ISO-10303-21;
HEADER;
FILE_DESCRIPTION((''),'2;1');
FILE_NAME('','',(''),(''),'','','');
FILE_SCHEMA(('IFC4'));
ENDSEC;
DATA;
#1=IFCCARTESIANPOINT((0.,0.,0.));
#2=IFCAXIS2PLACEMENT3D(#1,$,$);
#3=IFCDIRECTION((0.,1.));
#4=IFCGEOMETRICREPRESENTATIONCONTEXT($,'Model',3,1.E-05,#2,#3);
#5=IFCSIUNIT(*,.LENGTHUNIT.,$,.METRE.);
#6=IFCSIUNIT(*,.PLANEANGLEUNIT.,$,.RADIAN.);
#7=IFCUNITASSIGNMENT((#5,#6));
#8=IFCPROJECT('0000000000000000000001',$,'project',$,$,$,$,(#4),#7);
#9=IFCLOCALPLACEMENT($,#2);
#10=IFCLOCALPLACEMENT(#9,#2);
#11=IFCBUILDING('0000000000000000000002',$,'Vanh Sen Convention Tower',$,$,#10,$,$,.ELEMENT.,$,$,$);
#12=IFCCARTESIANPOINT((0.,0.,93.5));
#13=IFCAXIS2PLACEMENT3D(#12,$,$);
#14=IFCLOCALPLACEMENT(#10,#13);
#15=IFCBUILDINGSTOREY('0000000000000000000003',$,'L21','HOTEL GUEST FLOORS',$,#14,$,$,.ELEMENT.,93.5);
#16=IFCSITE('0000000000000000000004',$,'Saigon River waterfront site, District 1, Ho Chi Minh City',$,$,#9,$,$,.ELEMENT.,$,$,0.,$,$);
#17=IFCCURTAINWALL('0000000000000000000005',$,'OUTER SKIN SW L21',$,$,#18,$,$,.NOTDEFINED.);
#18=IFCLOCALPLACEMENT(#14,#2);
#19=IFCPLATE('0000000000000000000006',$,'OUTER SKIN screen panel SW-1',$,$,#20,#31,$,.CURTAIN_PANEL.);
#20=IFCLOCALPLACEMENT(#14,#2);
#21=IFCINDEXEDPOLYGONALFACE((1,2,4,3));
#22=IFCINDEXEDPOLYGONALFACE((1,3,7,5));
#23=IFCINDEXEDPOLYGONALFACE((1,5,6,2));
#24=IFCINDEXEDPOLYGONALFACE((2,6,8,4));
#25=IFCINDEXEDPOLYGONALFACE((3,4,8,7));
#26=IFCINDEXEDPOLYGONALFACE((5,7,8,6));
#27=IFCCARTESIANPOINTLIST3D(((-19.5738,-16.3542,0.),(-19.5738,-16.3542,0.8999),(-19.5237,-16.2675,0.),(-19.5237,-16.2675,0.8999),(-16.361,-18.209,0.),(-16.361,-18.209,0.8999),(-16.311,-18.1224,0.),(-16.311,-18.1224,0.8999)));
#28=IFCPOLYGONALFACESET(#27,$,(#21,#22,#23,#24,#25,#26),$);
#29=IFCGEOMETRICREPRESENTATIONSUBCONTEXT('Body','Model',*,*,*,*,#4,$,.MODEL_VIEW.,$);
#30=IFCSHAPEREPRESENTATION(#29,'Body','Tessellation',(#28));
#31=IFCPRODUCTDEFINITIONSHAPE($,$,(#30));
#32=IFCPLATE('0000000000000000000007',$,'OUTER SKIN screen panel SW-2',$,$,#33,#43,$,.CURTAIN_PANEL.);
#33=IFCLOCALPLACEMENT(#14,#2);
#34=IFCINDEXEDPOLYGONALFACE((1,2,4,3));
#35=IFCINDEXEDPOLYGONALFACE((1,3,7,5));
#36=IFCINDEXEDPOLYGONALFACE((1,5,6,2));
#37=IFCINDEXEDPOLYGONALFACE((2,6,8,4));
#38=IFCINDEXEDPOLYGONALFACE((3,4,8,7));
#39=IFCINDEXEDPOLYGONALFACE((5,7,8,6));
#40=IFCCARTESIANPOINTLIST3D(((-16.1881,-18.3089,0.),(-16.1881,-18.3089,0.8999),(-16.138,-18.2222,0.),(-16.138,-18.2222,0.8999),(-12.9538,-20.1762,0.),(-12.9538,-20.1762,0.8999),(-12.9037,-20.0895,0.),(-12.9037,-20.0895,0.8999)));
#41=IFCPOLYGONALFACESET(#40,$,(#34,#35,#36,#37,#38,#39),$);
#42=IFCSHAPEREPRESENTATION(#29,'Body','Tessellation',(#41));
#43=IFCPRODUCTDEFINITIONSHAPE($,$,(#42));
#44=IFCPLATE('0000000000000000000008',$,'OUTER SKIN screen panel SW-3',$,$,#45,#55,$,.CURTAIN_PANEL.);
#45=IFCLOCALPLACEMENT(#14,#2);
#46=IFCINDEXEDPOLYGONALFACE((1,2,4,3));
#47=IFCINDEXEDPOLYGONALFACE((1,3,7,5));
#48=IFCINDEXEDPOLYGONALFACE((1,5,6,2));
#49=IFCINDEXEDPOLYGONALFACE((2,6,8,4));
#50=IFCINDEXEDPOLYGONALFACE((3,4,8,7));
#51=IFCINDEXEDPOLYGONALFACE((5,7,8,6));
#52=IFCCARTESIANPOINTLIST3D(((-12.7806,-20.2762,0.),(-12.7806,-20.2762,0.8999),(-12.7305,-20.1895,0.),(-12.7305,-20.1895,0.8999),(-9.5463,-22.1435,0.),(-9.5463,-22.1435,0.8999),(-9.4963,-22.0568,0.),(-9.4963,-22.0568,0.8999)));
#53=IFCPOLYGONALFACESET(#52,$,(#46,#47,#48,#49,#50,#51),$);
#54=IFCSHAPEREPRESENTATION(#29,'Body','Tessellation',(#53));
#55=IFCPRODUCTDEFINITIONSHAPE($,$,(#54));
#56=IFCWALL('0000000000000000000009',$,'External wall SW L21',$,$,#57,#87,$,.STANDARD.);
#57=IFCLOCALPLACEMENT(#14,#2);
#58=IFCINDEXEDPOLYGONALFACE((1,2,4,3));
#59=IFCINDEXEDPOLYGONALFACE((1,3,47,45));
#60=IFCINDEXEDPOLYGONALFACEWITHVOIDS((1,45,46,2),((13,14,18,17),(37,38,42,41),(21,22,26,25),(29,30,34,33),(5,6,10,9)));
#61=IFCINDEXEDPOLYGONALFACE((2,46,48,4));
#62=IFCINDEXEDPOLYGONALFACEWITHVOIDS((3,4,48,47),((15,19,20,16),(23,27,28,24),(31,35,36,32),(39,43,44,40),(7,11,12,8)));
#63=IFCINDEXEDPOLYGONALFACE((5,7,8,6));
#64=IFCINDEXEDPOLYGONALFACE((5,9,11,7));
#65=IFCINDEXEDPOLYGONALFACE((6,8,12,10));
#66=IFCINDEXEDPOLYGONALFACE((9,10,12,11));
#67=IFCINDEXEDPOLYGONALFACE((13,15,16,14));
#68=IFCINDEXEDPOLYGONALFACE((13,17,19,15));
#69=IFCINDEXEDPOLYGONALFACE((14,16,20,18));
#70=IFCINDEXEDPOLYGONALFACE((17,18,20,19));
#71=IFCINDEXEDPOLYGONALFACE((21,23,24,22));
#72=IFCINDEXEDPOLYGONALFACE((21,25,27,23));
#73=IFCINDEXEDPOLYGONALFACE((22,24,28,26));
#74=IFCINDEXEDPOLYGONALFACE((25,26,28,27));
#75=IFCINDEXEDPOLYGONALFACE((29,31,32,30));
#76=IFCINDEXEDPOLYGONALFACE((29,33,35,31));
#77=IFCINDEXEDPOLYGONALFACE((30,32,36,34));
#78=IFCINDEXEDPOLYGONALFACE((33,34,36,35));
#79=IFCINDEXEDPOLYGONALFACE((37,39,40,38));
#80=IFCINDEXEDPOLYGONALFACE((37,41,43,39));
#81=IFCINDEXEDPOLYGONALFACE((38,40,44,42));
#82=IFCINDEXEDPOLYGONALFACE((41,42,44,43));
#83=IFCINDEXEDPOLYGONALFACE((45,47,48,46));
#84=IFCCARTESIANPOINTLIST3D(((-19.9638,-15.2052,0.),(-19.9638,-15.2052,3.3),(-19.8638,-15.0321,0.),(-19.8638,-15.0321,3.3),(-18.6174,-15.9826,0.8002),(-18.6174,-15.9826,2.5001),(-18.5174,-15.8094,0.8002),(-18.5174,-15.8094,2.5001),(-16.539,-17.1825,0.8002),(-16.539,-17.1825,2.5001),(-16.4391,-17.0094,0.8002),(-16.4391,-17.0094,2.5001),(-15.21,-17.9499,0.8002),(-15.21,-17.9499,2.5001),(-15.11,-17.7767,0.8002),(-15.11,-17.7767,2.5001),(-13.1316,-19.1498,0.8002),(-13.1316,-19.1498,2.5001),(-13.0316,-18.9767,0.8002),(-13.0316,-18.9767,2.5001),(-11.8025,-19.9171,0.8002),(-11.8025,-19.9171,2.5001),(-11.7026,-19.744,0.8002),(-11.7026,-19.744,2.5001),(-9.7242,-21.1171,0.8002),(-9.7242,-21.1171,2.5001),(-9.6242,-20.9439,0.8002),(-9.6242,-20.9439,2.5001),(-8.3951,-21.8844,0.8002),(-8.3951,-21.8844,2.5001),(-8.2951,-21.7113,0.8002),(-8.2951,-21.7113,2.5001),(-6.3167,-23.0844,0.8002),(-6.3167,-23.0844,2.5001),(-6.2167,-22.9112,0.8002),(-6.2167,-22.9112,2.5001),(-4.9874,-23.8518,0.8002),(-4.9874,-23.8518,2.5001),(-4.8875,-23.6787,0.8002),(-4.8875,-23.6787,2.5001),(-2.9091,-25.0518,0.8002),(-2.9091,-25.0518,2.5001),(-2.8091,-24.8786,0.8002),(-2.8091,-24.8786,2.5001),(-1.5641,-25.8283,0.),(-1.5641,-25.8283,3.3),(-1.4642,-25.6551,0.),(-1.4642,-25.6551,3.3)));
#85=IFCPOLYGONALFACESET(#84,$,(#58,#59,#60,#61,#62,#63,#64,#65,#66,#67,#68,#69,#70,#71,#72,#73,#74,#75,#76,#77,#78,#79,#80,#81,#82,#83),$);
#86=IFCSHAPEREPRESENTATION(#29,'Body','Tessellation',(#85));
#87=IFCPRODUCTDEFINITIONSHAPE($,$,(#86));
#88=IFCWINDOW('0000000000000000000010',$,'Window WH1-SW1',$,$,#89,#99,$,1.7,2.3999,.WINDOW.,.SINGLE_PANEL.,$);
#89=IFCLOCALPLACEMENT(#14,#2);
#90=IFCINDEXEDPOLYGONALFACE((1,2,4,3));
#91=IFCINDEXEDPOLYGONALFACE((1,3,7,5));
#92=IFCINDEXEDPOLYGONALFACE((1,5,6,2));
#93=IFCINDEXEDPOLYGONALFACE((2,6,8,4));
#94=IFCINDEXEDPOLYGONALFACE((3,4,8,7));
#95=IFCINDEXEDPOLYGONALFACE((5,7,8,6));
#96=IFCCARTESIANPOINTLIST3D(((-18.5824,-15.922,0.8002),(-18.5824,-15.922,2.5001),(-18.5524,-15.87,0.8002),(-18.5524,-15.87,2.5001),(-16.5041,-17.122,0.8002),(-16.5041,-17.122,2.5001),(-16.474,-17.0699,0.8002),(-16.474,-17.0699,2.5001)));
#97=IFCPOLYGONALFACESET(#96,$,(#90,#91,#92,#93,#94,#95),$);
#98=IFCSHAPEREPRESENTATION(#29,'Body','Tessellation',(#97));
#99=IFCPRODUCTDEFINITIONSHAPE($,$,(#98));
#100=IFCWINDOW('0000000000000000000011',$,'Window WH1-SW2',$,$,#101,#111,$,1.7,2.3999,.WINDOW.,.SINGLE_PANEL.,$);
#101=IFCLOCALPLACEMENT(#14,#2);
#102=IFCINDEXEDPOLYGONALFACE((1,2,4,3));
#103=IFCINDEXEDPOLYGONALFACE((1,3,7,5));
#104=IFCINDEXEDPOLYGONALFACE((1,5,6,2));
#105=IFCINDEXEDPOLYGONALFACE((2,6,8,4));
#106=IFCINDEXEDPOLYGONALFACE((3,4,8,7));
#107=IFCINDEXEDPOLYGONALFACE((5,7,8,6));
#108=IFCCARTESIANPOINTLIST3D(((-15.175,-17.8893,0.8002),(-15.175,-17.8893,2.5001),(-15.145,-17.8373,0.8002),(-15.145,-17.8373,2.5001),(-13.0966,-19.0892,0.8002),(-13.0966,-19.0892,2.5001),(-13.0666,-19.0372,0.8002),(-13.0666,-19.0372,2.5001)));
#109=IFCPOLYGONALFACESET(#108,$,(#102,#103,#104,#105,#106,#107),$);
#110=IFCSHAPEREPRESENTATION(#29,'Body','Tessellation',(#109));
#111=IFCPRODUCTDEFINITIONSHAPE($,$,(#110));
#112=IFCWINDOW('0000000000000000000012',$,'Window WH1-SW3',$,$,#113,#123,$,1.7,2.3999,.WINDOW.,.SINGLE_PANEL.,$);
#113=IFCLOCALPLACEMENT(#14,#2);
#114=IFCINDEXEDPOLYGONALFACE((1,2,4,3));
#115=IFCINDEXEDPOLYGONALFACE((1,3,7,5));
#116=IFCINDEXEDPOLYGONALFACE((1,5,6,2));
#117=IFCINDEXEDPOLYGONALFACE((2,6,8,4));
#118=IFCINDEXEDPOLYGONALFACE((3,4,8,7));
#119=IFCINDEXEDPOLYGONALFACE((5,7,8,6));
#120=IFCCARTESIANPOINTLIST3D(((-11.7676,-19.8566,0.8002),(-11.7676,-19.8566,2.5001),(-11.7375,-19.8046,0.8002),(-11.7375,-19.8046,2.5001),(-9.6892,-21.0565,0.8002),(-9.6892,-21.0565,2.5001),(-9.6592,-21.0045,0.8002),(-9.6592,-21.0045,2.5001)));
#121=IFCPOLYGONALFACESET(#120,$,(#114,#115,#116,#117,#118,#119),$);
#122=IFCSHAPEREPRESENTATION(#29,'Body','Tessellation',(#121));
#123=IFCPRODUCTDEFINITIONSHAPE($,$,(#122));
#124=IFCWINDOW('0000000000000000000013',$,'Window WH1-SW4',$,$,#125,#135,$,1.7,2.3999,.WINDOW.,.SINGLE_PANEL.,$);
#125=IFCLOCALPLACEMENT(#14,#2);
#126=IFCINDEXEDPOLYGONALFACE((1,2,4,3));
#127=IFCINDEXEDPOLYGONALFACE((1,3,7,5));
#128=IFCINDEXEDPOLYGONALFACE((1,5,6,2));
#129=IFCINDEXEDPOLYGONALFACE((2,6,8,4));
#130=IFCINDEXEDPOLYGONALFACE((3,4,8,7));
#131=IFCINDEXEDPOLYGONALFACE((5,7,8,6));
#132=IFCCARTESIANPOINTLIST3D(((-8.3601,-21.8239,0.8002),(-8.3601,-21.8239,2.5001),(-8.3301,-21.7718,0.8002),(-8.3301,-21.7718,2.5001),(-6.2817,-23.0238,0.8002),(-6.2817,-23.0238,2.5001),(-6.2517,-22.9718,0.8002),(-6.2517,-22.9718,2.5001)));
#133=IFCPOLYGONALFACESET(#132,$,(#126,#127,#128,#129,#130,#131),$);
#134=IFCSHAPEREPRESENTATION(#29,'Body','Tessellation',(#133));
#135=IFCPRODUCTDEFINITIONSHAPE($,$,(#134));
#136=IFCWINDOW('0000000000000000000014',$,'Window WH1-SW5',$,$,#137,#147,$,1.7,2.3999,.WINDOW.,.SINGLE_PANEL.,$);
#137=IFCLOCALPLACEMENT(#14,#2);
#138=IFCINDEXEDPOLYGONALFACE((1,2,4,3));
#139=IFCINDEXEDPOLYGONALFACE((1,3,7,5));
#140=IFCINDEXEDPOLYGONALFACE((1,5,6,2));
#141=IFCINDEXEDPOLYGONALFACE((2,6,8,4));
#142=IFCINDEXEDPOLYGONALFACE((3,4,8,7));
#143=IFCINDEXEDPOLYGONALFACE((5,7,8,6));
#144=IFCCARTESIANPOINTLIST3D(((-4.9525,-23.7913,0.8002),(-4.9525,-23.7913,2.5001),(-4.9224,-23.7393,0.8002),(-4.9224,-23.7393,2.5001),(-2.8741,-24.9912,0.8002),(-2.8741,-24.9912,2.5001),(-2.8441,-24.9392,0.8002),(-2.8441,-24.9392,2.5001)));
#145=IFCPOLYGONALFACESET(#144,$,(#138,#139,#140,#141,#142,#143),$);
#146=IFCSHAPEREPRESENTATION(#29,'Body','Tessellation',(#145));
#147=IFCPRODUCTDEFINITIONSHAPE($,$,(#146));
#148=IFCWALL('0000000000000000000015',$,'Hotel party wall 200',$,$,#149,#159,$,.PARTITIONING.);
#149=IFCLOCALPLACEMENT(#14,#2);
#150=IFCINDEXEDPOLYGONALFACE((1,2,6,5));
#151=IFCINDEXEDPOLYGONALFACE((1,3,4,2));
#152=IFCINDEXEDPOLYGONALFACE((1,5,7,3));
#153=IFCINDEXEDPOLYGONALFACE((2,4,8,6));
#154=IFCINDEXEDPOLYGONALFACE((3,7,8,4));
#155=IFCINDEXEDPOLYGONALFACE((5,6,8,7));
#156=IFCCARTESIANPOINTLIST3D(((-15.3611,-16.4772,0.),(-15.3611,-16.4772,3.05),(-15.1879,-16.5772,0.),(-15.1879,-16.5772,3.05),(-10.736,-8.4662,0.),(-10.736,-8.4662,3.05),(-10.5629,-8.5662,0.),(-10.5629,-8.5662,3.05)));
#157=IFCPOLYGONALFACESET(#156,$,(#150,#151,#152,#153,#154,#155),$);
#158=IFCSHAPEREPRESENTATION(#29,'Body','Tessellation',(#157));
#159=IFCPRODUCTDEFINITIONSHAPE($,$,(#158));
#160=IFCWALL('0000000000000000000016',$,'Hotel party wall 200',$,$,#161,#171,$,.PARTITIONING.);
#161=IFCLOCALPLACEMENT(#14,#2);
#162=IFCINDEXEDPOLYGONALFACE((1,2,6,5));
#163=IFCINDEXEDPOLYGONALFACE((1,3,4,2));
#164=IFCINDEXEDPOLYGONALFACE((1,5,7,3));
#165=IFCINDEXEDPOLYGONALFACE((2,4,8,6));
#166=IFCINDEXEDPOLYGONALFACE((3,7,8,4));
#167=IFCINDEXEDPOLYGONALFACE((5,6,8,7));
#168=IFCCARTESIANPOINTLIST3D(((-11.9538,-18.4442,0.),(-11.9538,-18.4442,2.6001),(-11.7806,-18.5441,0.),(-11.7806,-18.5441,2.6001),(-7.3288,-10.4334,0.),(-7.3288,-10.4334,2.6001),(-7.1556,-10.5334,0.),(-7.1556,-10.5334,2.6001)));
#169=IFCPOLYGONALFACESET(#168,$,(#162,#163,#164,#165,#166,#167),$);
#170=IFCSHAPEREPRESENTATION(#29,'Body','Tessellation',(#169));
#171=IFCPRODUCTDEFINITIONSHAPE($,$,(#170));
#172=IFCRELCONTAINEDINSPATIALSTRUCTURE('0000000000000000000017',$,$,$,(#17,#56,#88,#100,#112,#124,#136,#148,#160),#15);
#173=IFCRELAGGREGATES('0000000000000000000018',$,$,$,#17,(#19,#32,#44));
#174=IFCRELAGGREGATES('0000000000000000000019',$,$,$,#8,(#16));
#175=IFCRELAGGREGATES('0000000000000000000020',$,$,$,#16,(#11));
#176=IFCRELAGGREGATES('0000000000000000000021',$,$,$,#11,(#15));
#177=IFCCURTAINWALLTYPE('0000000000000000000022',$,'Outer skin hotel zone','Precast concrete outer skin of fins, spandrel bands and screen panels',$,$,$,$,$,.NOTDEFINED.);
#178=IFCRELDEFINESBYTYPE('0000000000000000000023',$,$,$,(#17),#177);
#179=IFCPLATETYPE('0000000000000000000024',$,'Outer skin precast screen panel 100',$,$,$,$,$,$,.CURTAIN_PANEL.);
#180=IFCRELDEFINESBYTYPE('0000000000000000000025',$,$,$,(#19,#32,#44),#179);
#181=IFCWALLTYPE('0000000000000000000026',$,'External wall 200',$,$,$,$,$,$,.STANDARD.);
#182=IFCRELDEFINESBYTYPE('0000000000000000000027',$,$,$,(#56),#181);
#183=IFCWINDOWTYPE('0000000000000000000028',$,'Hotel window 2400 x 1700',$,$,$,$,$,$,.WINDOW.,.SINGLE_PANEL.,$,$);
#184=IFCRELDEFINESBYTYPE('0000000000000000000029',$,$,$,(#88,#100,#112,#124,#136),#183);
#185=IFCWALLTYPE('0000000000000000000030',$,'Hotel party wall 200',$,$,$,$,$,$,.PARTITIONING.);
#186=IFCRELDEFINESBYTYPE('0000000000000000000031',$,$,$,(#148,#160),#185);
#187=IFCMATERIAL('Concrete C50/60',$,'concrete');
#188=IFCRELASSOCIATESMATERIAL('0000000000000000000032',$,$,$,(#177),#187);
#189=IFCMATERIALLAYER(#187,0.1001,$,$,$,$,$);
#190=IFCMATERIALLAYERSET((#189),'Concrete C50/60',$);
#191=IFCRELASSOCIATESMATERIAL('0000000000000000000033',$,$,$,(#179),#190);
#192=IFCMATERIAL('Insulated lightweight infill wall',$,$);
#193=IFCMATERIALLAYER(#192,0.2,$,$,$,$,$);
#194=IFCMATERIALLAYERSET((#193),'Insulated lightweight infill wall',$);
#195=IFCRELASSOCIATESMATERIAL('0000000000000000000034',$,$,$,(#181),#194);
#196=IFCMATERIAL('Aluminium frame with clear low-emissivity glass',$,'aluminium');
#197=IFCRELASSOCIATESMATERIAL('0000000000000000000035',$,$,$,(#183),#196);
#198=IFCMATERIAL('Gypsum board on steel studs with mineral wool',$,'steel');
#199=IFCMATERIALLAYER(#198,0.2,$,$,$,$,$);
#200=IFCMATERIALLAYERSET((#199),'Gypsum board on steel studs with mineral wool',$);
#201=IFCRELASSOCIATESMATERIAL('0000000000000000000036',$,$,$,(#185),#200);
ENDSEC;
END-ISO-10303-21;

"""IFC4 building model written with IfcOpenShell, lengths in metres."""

from ifc_helpers import new_model, si_unit, direction, frame, frame_2d, origin, origin_2d, place, context, subcontext, project, spatial, rectangle, extrude, material, layer, layer_set, type_object, element, fill, aggregate, save


model = new_model("IFC4")

# Units and contexts
model_context = context("Model", 3, precision=1e-05, world=origin(), true_north=direction((0.0, 1.0)))
body_context = subcontext(model_context, "Body", "Model", "MODEL_VIEW")
ifc_project = project(units=[si_unit("LENGTHUNIT", "METRE"), si_unit("PLANEANGLEUNIT", "RADIAN")], contexts=[model_context])

# Site, building, storey
site_placement = place(None, origin())
site = spatial("IfcSite", under=ifc_project, at=site_placement, Name="Saigon River waterfront site, District 1, Ho Chi Minh City", CompositionType="ELEMENT", RefElevation=0.0)
building_placement = place(site_placement, origin())
building = spatial("IfcBuilding", under=site, at=building_placement, Name="Vanh Sen Convention Tower", CompositionType="ELEMENT")
storey_placement = place(building_placement, frame((0.0, 0.0, 93.5)))
storey = spatial("IfcBuildingStorey", under=building, at=storey_placement, Name="L21", Description="HOTEL GUEST FLOORS", CompositionType="ELEMENT", Elevation=93.5)

# Curtain wall
ifc_material_1 = material(Name="Concrete C50/60", Category="concrete")
curtain_wall_type = type_object("IfcCurtainWallType", Name="Outer skin hotel zone", Description="Precast concrete outer skin of fins, spandrel bands and screen panels", PredefinedType="NOTDEFINED", material=ifc_material_1)
curtain_wall_1_placement = place(storey_placement, origin())
curtain_wall_1 = element("IfcCurtainWall", 1, at=curtain_wall_1_placement, inside=storey, type_object=curtain_wall_type, Name="OUTER SKIN SW L21", PredefinedType="NOTDEFINED")

# Shared definitions
ifc_layer_1 = layer(ifc_material_1, 0.1001)
ifc_layer_set_1 = layer_set([ifc_layer_1], Name="Concrete C50/60")
plate_type = type_object("IfcPlateType", Name="Outer skin precast screen panel 100", PredefinedType="CURTAIN_PANEL", material=ifc_layer_set_1)

# Plates
plate_1_placement = place(storey_placement, frame((-17.9424, -17.2383, 0.0), z_axis=(0.0, 0.0, 1.0), x_axis=(0.866028, -0.499995, 0.0)))
plate_1 = element("IfcPlate", 2, at=plate_1_placement, type_object=plate_type, Name="OUTER SKIN screen panel SW-1", PredefinedType="CURTAIN_PANEL", context=body_context, shape_type="SweptSolid", body=[
    extrude(rectangle(XDim=3.7097, YDim=0.1001, at=origin_2d()), origin(), (0.0, 0.0, 1.0), 0.8999),
])
plate_2_placement = place(storey_placement, frame((-14.5459, -19.1992, 0.0), z_axis=(0.0, 0.0, 1.0), x_axis=(0.866032, -0.499988, 0.0)))
plate_2 = element("IfcPlate", 3, at=plate_2_placement, type_object=plate_type, Name="OUTER SKIN screen panel SW-2", PredefinedType="CURTAIN_PANEL", context=body_context, shape_type="SweptSolid", body=[
    extrude(rectangle(XDim=3.7346, YDim=0.1001, at=origin_2d()), origin(), (0.0, 0.0, 1.0), 0.8999),
])
plate_3_placement = place(storey_placement, frame((-11.1384, -21.1665, 0.0), z_axis=(0.0, 0.0, 1.0), x_axis=(0.866028, -0.499995, 0.0)))
plate_3 = element("IfcPlate", 4, at=plate_3_placement, type_object=plate_type, Name="OUTER SKIN screen panel SW-3", PredefinedType="CURTAIN_PANEL", context=body_context, shape_type="SweptSolid", body=[
    extrude(rectangle(XDim=3.7346, YDim=0.1001, at=origin_2d()), origin(), (0.0, 0.0, 1.0), 0.8999),
])
aggregate(curtain_wall_1, [plate_1, plate_2, plate_3])

# Wall, openings, windows
ifc_material_2 = material(Name="Insulated lightweight infill wall")
ifc_layer_2 = layer(ifc_material_2, 0.2)
ifc_layer_set_2 = layer_set([ifc_layer_2], Name="Insulated lightweight infill wall")
wall_type_1 = type_object("IfcWallType", Name="External wall 200", PredefinedType="STANDARD", material=ifc_layer_set_2)
wall_1_placement = place(storey_placement, frame((-19.9138, -15.1187, 0.0), z_axis=(0.0, 0.0, 1.0), x_axis=(0.866025, -0.5, 0.0)))
wall_1 = element("IfcWall", 5, at=wall_1_placement, inside=storey, type_object=wall_type_1, Name="External wall SW L21", PredefinedType="STANDARD", context=body_context, shape_type="SweptSolid", body=[
    extrude(rectangle(XDim=21.2461, YDim=0.2, at=frame_2d((10.623, 0.0))), origin(), (0.0, 0.0, 1.0), 3.3),
])
opening_1_placement = place(wall_1_placement, frame((1.5547, 0.0, 0.8)))
opening_1 = element("IfcOpeningElement", 6, at=opening_1_placement, cuts=wall_1, PredefinedType="OPENING", context=body_context, shape_type="SweptSolid", body=[
    extrude(rectangle(XDim=2.3999, YDim=1.7, at=frame_2d((1.2, 0.8501))), frame((0.0, 0.1099, 0.0), z_axis=(0.0, -1.0, 0.0), x_axis=(1.0, 0.0, 0.0)), (0.0, 0.0, 1.0), 0.22),
])
opening_2_placement = place(wall_1_placement, frame((5.4893, 0.0, 0.8)))
opening_2 = element("IfcOpeningElement", 7, at=opening_2_placement, cuts=wall_1, PredefinedType="OPENING", context=body_context, shape_type="SweptSolid", body=[
    extrude(rectangle(XDim=2.3999, YDim=1.7, at=frame_2d((1.2, 0.8501))), frame((0.0, 0.1099, 0.0), z_axis=(0.0, -1.0, 0.0), x_axis=(1.0, 0.0, 0.0)), (0.0, 0.0, 1.0), 0.22),
])
opening_3_placement = place(wall_1_placement, frame((9.4238, 0.0, 0.8)))
opening_3 = element("IfcOpeningElement", 8, at=opening_3_placement, cuts=wall_1, PredefinedType="OPENING", context=body_context, shape_type="SweptSolid", body=[
    extrude(rectangle(XDim=2.3999, YDim=1.7, at=frame_2d((1.2, 0.8501))), frame((0.0, 0.1099, 0.0), z_axis=(0.0, -1.0, 0.0), x_axis=(1.0, 0.0, 0.0)), (0.0, 0.0, 1.0), 0.22),
])
opening_4_placement = place(wall_1_placement, frame((13.3584, 0.0, 0.8)))
opening_4 = element("IfcOpeningElement", 9, at=opening_4_placement, cuts=wall_1, PredefinedType="OPENING", context=body_context, shape_type="SweptSolid", body=[
    extrude(rectangle(XDim=2.3999, YDim=1.7, at=frame_2d((1.2, 0.8501))), frame((0.0, 0.1099, 0.0), z_axis=(0.0, -1.0, 0.0), x_axis=(1.0, 0.0, 0.0)), (0.0, 0.0, 1.0), 0.22),
])
opening_5_placement = place(wall_1_placement, frame((17.2932, 0.0, 0.8)))
opening_5 = element("IfcOpeningElement", 10, at=opening_5_placement, cuts=wall_1, PredefinedType="OPENING", context=body_context, shape_type="SweptSolid", body=[
    extrude(rectangle(XDim=2.3999, YDim=1.7, at=frame_2d((1.2, 0.8501))), frame((0.0, 0.1099, 0.0), z_axis=(0.0, -1.0, 0.0), x_axis=(1.0, 0.0, 0.0)), (0.0, 0.0, 1.0), 0.22),
])
ifc_material_3 = material(Name="Aluminium frame with clear low-emissivity glass", Category="aluminium")
window_type = type_object("IfcWindowType", Name="Hotel window 2400 x 1700", PartitioningType="SINGLE_PANEL", PredefinedType="WINDOW", material=ifc_material_3)
window_1_placement = place(opening_1_placement, origin())
window_1 = element("IfcWindow", 11, at=window_1_placement, inside=storey, type_object=window_type, Name="Window WH1-SW1", OverallHeight=1.7, OverallWidth=2.3999, PartitioningType="SINGLE_PANEL", PredefinedType="WINDOW", context=body_context, shape_type="SweptSolid", body=[
    extrude(rectangle(XDim=2.3999, YDim=1.7, at=frame_2d((1.2, 0.8501))), frame((0.0, 0.03, 0.0), z_axis=(0.0, -1.0, 0.0), x_axis=(1.0, 0.0, 0.0)), (0.0, 0.0, 1.0), 0.0601),
])
fill(opening_1, window_1)
window_2_placement = place(opening_2_placement, origin())
window_2 = element("IfcWindow", 12, at=window_2_placement, inside=storey, type_object=window_type, Name="Window WH1-SW2", OverallHeight=1.7, OverallWidth=2.3999, PartitioningType="SINGLE_PANEL", PredefinedType="WINDOW", context=body_context, shape_type="SweptSolid", body=[
    extrude(rectangle(XDim=2.3999, YDim=1.7, at=frame_2d((1.2, 0.8501))), frame((0.0, 0.03, 0.0), z_axis=(0.0, -1.0, 0.0), x_axis=(1.0, 0.0, 0.0)), (0.0, 0.0, 1.0), 0.0601),
])
fill(opening_2, window_2)
window_3_placement = place(opening_3_placement, origin())
window_3 = element("IfcWindow", 13, at=window_3_placement, inside=storey, type_object=window_type, Name="Window WH1-SW3", OverallHeight=1.7, OverallWidth=2.3999, PartitioningType="SINGLE_PANEL", PredefinedType="WINDOW", context=body_context, shape_type="SweptSolid", body=[
    extrude(rectangle(XDim=2.3999, YDim=1.7, at=frame_2d((1.2, 0.8501))), frame((0.0, 0.03, 0.0), z_axis=(0.0, -1.0, 0.0), x_axis=(1.0, 0.0, 0.0)), (0.0, 0.0, 1.0), 0.0601),
])
fill(opening_3, window_3)
window_4_placement = place(opening_4_placement, origin())
window_4 = element("IfcWindow", 14, at=window_4_placement, inside=storey, type_object=window_type, Name="Window WH1-SW4", OverallHeight=1.7, OverallWidth=2.3999, PartitioningType="SINGLE_PANEL", PredefinedType="WINDOW", context=body_context, shape_type="SweptSolid", body=[
    extrude(rectangle(XDim=2.3999, YDim=1.7, at=frame_2d((1.2, 0.8501))), frame((0.0, 0.03, 0.0), z_axis=(0.0, -1.0, 0.0), x_axis=(1.0, 0.0, 0.0)), (0.0, 0.0, 1.0), 0.0601),
])
fill(opening_4, window_4)
window_5_placement = place(opening_5_placement, origin())
window_5 = element("IfcWindow", 15, at=window_5_placement, inside=storey, type_object=window_type, Name="Window WH1-SW5", OverallHeight=1.7, OverallWidth=2.3999, PartitioningType="SINGLE_PANEL", PredefinedType="WINDOW", context=body_context, shape_type="SweptSolid", body=[
    extrude(rectangle(XDim=2.3999, YDim=1.7, at=frame_2d((1.2, 0.8501))), frame((0.0, 0.03, 0.0), z_axis=(0.0, -1.0, 0.0), x_axis=(1.0, 0.0, 0.0)), (0.0, 0.0, 1.0), 0.0601),
])
fill(opening_5, window_5)

# Walls
ifc_material_4 = material(Name="Gypsum board on steel studs with mineral wool", Category="steel")
ifc_layer_3 = layer(ifc_material_4, 0.2)
ifc_layer_set_3 = layer_set([ifc_layer_3], Name="Gypsum board on steel studs with mineral wool")
wall_type_2 = type_object("IfcWallType", Name="Hotel party wall 200", PredefinedType="PARTITIONING", material=ifc_layer_set_3)
wall_2_placement = place(storey_placement, frame((-15.2744, -16.5271, 0.0), z_axis=(0.0, 0.0, 1.0), x_axis=(0.499988, 0.866032, 0.0)))
element("IfcWall", 16, at=wall_2_placement, inside=storey, type_object=wall_type_2, Name="Hotel party wall 200", PredefinedType="PARTITIONING", context=body_context, shape_type="SweptSolid", body=[
    extrude(rectangle(XDim=9.2502, YDim=0.2, at=frame_2d((4.625, 0.0))), origin(), (0.0, 0.0, 1.0), 3.05),
])
wall_3_placement = place(storey_placement, frame((-11.8672, -18.4941, 0.0), z_axis=(0.0, 0.0, 1.0), x_axis=(0.5, 0.866026, 0.0)))
element("IfcWall", 17, at=wall_3_placement, inside=storey, type_object=wall_type_2, Name="Hotel party wall 200", PredefinedType="PARTITIONING", context=body_context, shape_type="SweptSolid", body=[
    extrude(rectangle(XDim=9.25, YDim=0.2, at=frame_2d((4.625, 0.0))), origin(), (0.0, 0.0, 1.0), 2.6001),
])

save(model, "model.ifc")
